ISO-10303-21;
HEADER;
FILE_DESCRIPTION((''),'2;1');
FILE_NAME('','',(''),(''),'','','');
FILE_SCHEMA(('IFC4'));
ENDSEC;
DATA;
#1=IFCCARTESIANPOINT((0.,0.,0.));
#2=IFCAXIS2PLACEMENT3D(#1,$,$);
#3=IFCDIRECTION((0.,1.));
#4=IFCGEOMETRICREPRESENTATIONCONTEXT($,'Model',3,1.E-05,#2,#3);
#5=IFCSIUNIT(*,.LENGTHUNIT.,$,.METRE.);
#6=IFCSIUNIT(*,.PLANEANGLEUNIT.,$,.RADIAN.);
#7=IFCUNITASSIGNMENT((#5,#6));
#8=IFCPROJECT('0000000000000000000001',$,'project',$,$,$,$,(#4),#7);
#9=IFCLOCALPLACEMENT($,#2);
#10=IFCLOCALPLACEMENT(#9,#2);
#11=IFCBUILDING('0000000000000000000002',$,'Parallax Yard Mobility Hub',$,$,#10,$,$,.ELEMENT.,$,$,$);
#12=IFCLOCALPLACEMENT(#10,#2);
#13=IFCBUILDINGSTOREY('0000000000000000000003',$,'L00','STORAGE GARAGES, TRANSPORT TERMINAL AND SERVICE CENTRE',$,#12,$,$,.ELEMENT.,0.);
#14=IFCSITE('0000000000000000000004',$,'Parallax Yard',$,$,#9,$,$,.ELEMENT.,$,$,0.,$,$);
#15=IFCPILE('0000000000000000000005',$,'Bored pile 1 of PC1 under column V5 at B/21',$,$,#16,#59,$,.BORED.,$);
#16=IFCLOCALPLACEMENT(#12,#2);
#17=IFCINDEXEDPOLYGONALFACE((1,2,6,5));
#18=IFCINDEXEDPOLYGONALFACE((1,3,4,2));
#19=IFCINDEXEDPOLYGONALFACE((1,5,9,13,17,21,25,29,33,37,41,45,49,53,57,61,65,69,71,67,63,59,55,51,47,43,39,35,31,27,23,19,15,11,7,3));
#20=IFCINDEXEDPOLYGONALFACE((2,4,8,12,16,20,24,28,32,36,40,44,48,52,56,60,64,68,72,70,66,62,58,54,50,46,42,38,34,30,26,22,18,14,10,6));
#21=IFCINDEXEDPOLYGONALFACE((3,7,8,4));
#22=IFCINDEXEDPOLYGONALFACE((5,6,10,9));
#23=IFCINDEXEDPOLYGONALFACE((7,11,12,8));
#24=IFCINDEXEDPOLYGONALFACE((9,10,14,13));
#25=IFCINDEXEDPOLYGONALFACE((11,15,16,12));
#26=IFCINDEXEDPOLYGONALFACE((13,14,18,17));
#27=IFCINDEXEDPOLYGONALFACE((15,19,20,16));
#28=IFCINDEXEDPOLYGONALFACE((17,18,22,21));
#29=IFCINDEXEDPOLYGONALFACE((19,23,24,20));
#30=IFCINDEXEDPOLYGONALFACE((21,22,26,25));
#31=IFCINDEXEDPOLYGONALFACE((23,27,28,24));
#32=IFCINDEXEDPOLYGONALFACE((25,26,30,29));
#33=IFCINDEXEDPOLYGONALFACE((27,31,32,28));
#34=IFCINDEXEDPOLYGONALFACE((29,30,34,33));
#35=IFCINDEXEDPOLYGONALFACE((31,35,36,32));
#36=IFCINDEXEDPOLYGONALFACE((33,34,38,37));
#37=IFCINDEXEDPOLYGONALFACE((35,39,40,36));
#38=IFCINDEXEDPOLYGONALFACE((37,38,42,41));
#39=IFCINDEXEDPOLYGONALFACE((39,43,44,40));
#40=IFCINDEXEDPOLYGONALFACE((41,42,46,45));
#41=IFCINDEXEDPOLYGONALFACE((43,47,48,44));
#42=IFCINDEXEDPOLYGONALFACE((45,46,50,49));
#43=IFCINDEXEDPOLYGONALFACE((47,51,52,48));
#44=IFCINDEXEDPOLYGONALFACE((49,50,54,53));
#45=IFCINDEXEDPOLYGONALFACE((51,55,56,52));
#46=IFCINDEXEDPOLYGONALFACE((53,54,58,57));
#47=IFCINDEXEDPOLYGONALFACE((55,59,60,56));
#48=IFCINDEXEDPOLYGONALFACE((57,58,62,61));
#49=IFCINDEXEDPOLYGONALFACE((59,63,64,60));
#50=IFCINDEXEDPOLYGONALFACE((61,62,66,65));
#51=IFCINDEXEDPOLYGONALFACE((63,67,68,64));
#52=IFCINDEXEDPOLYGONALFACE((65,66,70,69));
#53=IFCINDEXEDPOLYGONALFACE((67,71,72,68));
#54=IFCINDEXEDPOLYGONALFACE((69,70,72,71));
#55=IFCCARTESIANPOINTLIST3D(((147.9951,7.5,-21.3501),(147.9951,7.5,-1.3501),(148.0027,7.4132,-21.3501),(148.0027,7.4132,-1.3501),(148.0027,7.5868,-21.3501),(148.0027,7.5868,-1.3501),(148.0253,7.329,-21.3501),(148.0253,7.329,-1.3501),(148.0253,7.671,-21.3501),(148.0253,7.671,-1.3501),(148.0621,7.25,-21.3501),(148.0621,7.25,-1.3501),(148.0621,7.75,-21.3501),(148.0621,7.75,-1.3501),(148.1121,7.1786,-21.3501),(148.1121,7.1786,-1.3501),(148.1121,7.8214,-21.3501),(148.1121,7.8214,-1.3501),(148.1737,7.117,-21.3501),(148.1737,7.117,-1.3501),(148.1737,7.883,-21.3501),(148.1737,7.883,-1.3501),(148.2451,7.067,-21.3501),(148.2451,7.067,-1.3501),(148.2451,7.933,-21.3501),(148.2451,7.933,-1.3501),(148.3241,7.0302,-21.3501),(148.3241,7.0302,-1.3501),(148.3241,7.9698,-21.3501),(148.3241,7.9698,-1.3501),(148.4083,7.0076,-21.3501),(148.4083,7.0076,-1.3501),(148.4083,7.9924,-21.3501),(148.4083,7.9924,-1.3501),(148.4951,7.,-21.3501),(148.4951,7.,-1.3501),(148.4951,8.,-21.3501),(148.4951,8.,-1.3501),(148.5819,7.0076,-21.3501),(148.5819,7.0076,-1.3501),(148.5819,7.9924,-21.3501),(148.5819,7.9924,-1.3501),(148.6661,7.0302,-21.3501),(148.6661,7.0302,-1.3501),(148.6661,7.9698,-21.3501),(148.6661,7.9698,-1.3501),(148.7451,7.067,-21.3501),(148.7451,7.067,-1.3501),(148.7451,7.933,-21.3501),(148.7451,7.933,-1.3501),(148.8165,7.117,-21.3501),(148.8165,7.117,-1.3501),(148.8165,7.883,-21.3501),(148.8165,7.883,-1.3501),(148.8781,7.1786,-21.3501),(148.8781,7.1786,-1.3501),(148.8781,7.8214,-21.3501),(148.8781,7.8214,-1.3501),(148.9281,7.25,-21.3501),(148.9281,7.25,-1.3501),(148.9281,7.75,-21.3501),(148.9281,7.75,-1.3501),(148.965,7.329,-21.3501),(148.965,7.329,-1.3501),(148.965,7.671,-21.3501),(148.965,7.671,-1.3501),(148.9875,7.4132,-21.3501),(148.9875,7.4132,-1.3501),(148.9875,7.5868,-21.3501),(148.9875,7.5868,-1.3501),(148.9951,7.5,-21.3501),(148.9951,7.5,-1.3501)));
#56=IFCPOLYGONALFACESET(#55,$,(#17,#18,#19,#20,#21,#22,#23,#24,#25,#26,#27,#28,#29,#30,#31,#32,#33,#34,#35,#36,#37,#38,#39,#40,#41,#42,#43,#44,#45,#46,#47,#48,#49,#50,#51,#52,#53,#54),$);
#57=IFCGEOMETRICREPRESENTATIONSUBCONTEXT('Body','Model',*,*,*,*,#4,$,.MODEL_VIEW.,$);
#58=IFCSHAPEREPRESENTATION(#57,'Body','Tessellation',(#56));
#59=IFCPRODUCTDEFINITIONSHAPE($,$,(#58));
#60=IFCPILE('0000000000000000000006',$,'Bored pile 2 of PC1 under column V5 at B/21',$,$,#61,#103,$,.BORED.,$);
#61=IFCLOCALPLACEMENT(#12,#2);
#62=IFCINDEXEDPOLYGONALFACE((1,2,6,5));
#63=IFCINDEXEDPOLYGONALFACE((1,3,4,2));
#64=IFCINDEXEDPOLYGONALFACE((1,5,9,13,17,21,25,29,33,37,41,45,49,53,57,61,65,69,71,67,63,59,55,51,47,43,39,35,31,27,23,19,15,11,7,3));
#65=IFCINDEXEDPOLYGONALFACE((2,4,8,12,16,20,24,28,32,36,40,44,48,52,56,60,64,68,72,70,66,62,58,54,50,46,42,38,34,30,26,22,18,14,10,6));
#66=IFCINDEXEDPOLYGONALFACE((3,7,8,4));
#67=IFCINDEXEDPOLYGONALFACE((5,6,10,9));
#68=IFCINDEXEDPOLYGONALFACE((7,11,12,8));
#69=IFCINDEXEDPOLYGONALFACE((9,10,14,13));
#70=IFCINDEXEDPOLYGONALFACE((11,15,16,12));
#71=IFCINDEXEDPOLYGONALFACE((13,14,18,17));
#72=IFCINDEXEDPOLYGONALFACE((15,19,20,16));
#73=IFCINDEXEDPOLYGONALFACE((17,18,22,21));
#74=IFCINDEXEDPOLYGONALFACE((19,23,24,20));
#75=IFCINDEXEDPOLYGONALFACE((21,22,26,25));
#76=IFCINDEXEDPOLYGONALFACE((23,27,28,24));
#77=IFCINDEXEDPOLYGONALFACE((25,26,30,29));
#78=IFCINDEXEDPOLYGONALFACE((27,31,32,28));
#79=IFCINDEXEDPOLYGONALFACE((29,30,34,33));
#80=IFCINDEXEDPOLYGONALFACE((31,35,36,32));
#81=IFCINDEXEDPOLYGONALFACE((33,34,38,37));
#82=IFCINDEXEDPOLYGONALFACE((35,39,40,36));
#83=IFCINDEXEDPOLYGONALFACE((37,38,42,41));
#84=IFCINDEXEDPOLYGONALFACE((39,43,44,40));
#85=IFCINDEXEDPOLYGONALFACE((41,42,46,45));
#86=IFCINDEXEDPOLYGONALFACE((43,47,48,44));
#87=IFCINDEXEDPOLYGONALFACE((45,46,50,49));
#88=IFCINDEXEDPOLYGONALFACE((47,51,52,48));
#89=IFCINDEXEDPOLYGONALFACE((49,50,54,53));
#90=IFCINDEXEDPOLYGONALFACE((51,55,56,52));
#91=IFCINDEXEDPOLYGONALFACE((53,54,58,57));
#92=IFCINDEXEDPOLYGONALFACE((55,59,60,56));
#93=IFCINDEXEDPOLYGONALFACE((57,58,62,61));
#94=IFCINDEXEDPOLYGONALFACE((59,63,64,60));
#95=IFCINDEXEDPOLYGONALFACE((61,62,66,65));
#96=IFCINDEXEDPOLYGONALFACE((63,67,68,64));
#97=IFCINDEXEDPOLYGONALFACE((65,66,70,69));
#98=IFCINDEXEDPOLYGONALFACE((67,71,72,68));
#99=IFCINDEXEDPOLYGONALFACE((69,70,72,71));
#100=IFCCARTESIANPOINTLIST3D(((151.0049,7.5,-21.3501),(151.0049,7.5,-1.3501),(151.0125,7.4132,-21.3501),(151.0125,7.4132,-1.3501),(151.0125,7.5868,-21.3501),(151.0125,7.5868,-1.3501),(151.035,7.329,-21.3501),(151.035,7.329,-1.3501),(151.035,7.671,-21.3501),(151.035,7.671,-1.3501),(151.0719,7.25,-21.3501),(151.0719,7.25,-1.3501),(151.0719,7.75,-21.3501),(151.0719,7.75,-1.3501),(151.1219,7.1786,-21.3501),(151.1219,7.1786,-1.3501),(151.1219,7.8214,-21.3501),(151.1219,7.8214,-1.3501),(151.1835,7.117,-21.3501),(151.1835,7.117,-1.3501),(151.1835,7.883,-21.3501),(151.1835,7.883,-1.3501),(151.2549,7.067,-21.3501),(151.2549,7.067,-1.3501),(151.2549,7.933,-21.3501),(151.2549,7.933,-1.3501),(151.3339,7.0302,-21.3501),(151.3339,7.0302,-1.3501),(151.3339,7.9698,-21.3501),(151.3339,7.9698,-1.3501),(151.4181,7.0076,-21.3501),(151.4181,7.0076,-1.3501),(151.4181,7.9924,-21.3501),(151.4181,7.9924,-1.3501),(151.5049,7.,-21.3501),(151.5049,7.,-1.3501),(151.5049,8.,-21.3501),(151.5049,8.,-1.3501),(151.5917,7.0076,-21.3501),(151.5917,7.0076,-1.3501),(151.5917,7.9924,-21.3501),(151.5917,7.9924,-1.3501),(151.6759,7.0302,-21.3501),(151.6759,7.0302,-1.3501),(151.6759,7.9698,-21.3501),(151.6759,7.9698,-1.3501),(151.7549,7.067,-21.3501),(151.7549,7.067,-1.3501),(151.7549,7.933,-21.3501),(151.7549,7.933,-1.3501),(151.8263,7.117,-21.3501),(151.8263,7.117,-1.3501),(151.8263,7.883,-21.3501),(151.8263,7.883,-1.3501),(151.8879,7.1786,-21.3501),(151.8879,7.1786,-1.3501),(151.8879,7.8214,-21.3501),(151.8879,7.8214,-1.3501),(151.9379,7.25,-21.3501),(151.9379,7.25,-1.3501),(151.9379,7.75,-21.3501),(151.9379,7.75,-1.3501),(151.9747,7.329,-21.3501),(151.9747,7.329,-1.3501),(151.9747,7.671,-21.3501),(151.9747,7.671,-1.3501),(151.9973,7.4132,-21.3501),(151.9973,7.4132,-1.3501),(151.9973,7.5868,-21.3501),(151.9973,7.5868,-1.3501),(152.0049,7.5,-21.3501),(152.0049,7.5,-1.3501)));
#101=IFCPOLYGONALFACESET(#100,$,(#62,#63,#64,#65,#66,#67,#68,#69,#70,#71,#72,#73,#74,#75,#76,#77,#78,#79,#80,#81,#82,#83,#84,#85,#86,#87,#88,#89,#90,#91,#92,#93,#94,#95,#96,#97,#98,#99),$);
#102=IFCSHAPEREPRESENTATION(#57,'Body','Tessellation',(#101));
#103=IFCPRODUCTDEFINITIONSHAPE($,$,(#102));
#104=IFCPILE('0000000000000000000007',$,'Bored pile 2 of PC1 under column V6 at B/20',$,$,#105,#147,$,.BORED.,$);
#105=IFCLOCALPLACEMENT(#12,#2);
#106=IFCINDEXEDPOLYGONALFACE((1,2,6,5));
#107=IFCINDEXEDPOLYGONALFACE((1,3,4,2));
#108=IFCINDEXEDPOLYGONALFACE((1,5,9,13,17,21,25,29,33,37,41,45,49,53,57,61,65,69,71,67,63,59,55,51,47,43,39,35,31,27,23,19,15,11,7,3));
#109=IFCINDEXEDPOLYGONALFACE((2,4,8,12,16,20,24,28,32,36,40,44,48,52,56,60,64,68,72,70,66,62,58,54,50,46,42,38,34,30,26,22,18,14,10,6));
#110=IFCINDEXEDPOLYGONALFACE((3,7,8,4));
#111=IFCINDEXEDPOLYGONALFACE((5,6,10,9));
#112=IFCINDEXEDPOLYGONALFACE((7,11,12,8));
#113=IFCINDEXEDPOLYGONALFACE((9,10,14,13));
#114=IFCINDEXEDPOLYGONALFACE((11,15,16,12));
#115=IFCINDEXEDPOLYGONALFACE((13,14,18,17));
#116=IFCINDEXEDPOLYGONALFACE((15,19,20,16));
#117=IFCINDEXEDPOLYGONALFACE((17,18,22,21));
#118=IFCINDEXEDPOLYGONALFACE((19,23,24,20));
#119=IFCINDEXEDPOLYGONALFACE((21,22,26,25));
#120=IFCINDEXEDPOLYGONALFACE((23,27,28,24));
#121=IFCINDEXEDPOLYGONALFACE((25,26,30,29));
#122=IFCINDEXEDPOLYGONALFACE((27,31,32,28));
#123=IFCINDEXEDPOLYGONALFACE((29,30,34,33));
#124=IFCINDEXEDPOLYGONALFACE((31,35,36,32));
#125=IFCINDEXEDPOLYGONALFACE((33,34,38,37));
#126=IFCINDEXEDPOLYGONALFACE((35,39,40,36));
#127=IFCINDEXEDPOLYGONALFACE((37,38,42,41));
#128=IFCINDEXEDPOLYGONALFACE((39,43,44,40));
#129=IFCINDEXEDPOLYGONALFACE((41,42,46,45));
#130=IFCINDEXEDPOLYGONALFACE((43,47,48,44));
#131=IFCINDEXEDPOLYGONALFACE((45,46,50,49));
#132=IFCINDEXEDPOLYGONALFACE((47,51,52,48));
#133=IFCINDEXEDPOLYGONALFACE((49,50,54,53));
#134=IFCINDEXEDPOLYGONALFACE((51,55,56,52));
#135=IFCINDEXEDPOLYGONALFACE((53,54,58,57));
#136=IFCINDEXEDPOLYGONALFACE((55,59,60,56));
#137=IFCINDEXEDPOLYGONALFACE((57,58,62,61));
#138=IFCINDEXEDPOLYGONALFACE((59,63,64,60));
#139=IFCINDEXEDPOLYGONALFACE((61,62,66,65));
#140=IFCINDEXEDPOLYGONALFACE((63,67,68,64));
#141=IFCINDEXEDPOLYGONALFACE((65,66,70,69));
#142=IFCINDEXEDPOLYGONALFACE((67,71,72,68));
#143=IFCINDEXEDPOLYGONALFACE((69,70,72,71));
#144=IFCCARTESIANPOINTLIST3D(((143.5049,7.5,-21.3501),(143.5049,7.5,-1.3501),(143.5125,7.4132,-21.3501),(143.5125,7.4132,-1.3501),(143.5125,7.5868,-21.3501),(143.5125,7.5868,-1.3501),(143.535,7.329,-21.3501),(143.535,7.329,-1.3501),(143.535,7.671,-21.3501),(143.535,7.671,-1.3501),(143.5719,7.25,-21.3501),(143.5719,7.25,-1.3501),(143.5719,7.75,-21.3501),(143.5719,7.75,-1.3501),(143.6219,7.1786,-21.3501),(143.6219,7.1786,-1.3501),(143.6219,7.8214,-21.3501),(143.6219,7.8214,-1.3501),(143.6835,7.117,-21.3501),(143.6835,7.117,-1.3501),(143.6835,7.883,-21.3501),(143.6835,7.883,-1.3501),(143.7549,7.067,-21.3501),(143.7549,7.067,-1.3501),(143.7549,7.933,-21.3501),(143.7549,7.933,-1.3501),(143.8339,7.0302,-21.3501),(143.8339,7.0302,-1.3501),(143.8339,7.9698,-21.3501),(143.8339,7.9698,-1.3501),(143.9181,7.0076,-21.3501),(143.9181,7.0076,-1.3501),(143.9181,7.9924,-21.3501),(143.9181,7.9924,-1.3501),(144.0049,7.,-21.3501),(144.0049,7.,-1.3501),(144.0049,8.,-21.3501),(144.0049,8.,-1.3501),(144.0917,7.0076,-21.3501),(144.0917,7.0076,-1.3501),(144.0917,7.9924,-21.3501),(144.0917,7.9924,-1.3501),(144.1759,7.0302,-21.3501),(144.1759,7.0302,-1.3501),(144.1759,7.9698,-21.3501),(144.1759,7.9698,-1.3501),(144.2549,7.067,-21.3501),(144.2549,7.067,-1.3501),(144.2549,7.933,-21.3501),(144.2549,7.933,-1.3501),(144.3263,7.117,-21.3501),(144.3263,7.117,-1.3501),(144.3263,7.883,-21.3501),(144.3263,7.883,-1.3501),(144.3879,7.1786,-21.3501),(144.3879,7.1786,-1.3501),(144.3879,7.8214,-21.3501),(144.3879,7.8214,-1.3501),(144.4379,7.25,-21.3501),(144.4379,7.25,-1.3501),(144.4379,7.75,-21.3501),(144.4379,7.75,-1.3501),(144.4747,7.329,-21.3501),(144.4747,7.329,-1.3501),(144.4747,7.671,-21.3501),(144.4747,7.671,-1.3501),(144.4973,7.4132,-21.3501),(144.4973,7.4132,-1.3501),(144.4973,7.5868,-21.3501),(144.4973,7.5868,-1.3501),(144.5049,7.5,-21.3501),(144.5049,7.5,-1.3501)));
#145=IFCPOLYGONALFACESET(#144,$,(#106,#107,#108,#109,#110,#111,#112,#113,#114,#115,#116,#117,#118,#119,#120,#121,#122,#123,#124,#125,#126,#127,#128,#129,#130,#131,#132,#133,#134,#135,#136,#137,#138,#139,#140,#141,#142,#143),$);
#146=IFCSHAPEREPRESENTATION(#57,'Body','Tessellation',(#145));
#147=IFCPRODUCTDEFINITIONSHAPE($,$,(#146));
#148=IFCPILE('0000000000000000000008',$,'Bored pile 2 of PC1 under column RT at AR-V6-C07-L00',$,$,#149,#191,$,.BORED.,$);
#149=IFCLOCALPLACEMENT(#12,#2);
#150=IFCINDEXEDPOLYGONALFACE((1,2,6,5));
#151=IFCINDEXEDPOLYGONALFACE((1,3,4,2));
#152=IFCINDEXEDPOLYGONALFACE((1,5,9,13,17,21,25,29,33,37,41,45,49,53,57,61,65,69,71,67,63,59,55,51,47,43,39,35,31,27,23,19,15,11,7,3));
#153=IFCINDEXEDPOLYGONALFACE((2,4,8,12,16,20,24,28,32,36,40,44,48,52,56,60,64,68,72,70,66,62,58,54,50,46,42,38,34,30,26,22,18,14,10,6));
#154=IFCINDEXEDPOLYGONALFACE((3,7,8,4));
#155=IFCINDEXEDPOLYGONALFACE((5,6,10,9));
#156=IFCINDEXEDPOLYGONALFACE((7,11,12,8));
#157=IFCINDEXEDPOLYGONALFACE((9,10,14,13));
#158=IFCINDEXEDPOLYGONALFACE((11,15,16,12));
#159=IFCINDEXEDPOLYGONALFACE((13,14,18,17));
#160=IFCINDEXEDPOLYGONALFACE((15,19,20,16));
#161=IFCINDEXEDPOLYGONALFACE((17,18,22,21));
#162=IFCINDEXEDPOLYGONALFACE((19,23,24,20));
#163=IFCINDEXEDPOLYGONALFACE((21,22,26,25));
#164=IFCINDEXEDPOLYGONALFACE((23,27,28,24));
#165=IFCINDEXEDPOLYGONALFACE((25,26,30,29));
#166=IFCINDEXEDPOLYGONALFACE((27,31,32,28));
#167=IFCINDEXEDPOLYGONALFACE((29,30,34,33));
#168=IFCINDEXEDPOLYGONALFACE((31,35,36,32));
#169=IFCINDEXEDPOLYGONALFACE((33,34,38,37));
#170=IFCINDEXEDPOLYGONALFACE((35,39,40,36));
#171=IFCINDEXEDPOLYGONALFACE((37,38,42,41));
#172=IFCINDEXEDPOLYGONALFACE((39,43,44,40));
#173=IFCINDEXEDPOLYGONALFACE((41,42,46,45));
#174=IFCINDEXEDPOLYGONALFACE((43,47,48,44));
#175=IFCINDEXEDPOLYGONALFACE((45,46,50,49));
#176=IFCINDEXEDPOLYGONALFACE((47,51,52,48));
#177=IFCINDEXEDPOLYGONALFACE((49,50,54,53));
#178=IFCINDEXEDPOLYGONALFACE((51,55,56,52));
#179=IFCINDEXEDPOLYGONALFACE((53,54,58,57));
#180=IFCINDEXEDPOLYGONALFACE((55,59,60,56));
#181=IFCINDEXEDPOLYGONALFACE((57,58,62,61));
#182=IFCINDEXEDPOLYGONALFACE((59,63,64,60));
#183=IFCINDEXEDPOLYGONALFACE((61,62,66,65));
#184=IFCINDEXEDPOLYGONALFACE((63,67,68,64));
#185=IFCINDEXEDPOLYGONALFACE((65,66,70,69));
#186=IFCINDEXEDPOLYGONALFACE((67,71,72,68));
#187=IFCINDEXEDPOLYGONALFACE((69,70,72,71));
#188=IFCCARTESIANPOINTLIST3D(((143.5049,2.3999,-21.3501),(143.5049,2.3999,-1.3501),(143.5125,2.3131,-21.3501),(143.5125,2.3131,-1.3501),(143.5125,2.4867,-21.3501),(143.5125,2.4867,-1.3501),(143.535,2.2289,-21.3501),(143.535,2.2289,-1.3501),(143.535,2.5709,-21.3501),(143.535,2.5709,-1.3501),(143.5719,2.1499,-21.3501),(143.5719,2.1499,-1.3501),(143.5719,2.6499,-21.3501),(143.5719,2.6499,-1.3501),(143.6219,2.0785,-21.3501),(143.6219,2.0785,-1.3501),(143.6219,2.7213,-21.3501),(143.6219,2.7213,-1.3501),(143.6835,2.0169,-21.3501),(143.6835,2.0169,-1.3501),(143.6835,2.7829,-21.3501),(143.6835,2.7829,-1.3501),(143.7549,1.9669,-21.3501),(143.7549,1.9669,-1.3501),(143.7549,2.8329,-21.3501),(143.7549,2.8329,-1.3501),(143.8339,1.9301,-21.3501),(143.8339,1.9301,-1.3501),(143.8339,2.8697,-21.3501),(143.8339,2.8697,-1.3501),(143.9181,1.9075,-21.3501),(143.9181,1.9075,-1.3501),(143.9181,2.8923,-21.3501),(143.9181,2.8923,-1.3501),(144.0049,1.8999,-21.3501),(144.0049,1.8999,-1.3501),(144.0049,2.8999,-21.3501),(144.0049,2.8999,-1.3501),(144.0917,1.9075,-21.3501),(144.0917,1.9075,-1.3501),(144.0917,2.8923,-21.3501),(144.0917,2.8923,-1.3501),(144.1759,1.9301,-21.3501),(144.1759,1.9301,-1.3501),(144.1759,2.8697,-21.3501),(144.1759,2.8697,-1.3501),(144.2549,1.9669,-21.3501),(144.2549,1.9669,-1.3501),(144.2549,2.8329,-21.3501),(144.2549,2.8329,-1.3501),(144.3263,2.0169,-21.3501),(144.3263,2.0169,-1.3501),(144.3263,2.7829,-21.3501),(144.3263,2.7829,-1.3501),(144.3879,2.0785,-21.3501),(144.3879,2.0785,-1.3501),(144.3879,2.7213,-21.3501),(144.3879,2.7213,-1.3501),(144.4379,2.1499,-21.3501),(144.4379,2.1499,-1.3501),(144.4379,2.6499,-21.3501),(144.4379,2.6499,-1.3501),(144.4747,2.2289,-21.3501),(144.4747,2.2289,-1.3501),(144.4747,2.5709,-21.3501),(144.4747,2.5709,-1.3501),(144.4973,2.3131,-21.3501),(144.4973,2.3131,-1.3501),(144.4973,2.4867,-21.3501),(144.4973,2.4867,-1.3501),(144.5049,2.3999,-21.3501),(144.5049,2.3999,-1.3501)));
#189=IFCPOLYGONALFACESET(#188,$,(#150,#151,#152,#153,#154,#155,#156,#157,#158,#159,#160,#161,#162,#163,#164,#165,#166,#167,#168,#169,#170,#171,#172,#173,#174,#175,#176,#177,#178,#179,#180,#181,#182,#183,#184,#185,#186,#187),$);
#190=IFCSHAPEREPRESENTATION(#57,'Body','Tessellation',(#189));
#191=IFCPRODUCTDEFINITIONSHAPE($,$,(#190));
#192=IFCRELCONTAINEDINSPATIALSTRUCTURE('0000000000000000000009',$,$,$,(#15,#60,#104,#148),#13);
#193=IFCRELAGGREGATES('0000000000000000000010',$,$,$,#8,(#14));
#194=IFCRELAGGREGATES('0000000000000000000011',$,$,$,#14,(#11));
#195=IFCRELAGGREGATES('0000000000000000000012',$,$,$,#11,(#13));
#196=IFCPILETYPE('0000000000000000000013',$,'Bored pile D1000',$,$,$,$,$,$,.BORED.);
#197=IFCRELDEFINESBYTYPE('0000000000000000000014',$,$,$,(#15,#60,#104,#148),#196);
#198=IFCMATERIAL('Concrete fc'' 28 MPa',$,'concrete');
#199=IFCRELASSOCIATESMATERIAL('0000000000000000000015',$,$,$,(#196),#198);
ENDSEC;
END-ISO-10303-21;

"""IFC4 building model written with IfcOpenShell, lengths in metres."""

from ifc_helpers import new_model, si_unit, direction, frame, origin, origin_2d, place, context, subcontext, project, spatial, circle, extrude, material, material_profile, profile_set, type_object, element, save


model = new_model("IFC4")

# Units and contexts
model_context = context("Model", 3, precision=1e-05, world=origin(), true_north=direction((0.0, 1.0)))
body_context = subcontext(model_context, "Body", "Model", "MODEL_VIEW")
ifc_project = project(units=[si_unit("LENGTHUNIT", "METRE"), si_unit("PLANEANGLEUNIT", "RADIAN")], contexts=[model_context])

# Site, building, storey
site_placement = place(None, origin())
site = spatial("IfcSite", under=ifc_project, at=site_placement, Name="Parallax Yard", CompositionType="ELEMENT", RefElevation=0.0)
building_placement = place(site_placement, origin())
building = spatial("IfcBuilding", under=site, at=building_placement, Name="Parallax Yard Mobility Hub", CompositionType="ELEMENT")
storey_placement = place(building_placement, origin())
storey = spatial("IfcBuildingStorey", under=building, at=storey_placement, Name="L00", Description="STORAGE GARAGES, TRANSPORT TERMINAL AND SERVICE CENTRE", CompositionType="ELEMENT", Elevation=0.0)

# Piles
ifc_material_1 = material(Name="Concrete fc' 28 MPa", Category="concrete")
ifc_material_profile_1 = material_profile(ifc_material_1, circle(Radius=0.5, at=origin_2d()), Name="Bored pile D1000")
ifc_profile_set_1 = profile_set([ifc_material_profile_1], Name="Concrete fc' 28 MPa")
pile_type = type_object("IfcPileType", Name="Bored pile D1000", PredefinedType="BORED", material=ifc_profile_set_1)
for number, where, z_axis, x_axis, name in (
    (1, (148.4951, 7.5, -1.3501), (0.0, 0.0, -1.0), (1.0, 0.0, 0.0), "Bored pile 1 of PC1 under column V5 at B/21"),
    (2, (151.5049, 7.5, -1.3501), (0.0, 0.0, -1.0), (1.0, 0.0, 0.0), "Bored pile 2 of PC1 under column V5 at B/21"),
    (3, (144.0049, 7.5, -1.3501), (0.0, 0.0, -1.0), (1.0, 0.0, 0.0), "Bored pile 2 of PC1 under column V6 at B/20"),
    (4, (144.0049, 2.3999, -1.3501), (0.0, 0.0, -1.0), (1.0, 0.0, 0.0), "Bored pile 2 of PC1 under column RT at AR-V6-C07-L00"),
):
    element("IfcPile", number, at=place(storey_placement, frame(where, z_axis=z_axis, x_axis=x_axis)), inside=storey, type_object=pile_type, Name=name, PredefinedType="BORED", context=body_context, shape_type="SweptSolid", body=[
        extrude(circle(Radius=0.5, at=origin_2d()), origin(), (0.0, 0.0, 1.0), 20.0),
    ])

save(model, "model.ifc")
